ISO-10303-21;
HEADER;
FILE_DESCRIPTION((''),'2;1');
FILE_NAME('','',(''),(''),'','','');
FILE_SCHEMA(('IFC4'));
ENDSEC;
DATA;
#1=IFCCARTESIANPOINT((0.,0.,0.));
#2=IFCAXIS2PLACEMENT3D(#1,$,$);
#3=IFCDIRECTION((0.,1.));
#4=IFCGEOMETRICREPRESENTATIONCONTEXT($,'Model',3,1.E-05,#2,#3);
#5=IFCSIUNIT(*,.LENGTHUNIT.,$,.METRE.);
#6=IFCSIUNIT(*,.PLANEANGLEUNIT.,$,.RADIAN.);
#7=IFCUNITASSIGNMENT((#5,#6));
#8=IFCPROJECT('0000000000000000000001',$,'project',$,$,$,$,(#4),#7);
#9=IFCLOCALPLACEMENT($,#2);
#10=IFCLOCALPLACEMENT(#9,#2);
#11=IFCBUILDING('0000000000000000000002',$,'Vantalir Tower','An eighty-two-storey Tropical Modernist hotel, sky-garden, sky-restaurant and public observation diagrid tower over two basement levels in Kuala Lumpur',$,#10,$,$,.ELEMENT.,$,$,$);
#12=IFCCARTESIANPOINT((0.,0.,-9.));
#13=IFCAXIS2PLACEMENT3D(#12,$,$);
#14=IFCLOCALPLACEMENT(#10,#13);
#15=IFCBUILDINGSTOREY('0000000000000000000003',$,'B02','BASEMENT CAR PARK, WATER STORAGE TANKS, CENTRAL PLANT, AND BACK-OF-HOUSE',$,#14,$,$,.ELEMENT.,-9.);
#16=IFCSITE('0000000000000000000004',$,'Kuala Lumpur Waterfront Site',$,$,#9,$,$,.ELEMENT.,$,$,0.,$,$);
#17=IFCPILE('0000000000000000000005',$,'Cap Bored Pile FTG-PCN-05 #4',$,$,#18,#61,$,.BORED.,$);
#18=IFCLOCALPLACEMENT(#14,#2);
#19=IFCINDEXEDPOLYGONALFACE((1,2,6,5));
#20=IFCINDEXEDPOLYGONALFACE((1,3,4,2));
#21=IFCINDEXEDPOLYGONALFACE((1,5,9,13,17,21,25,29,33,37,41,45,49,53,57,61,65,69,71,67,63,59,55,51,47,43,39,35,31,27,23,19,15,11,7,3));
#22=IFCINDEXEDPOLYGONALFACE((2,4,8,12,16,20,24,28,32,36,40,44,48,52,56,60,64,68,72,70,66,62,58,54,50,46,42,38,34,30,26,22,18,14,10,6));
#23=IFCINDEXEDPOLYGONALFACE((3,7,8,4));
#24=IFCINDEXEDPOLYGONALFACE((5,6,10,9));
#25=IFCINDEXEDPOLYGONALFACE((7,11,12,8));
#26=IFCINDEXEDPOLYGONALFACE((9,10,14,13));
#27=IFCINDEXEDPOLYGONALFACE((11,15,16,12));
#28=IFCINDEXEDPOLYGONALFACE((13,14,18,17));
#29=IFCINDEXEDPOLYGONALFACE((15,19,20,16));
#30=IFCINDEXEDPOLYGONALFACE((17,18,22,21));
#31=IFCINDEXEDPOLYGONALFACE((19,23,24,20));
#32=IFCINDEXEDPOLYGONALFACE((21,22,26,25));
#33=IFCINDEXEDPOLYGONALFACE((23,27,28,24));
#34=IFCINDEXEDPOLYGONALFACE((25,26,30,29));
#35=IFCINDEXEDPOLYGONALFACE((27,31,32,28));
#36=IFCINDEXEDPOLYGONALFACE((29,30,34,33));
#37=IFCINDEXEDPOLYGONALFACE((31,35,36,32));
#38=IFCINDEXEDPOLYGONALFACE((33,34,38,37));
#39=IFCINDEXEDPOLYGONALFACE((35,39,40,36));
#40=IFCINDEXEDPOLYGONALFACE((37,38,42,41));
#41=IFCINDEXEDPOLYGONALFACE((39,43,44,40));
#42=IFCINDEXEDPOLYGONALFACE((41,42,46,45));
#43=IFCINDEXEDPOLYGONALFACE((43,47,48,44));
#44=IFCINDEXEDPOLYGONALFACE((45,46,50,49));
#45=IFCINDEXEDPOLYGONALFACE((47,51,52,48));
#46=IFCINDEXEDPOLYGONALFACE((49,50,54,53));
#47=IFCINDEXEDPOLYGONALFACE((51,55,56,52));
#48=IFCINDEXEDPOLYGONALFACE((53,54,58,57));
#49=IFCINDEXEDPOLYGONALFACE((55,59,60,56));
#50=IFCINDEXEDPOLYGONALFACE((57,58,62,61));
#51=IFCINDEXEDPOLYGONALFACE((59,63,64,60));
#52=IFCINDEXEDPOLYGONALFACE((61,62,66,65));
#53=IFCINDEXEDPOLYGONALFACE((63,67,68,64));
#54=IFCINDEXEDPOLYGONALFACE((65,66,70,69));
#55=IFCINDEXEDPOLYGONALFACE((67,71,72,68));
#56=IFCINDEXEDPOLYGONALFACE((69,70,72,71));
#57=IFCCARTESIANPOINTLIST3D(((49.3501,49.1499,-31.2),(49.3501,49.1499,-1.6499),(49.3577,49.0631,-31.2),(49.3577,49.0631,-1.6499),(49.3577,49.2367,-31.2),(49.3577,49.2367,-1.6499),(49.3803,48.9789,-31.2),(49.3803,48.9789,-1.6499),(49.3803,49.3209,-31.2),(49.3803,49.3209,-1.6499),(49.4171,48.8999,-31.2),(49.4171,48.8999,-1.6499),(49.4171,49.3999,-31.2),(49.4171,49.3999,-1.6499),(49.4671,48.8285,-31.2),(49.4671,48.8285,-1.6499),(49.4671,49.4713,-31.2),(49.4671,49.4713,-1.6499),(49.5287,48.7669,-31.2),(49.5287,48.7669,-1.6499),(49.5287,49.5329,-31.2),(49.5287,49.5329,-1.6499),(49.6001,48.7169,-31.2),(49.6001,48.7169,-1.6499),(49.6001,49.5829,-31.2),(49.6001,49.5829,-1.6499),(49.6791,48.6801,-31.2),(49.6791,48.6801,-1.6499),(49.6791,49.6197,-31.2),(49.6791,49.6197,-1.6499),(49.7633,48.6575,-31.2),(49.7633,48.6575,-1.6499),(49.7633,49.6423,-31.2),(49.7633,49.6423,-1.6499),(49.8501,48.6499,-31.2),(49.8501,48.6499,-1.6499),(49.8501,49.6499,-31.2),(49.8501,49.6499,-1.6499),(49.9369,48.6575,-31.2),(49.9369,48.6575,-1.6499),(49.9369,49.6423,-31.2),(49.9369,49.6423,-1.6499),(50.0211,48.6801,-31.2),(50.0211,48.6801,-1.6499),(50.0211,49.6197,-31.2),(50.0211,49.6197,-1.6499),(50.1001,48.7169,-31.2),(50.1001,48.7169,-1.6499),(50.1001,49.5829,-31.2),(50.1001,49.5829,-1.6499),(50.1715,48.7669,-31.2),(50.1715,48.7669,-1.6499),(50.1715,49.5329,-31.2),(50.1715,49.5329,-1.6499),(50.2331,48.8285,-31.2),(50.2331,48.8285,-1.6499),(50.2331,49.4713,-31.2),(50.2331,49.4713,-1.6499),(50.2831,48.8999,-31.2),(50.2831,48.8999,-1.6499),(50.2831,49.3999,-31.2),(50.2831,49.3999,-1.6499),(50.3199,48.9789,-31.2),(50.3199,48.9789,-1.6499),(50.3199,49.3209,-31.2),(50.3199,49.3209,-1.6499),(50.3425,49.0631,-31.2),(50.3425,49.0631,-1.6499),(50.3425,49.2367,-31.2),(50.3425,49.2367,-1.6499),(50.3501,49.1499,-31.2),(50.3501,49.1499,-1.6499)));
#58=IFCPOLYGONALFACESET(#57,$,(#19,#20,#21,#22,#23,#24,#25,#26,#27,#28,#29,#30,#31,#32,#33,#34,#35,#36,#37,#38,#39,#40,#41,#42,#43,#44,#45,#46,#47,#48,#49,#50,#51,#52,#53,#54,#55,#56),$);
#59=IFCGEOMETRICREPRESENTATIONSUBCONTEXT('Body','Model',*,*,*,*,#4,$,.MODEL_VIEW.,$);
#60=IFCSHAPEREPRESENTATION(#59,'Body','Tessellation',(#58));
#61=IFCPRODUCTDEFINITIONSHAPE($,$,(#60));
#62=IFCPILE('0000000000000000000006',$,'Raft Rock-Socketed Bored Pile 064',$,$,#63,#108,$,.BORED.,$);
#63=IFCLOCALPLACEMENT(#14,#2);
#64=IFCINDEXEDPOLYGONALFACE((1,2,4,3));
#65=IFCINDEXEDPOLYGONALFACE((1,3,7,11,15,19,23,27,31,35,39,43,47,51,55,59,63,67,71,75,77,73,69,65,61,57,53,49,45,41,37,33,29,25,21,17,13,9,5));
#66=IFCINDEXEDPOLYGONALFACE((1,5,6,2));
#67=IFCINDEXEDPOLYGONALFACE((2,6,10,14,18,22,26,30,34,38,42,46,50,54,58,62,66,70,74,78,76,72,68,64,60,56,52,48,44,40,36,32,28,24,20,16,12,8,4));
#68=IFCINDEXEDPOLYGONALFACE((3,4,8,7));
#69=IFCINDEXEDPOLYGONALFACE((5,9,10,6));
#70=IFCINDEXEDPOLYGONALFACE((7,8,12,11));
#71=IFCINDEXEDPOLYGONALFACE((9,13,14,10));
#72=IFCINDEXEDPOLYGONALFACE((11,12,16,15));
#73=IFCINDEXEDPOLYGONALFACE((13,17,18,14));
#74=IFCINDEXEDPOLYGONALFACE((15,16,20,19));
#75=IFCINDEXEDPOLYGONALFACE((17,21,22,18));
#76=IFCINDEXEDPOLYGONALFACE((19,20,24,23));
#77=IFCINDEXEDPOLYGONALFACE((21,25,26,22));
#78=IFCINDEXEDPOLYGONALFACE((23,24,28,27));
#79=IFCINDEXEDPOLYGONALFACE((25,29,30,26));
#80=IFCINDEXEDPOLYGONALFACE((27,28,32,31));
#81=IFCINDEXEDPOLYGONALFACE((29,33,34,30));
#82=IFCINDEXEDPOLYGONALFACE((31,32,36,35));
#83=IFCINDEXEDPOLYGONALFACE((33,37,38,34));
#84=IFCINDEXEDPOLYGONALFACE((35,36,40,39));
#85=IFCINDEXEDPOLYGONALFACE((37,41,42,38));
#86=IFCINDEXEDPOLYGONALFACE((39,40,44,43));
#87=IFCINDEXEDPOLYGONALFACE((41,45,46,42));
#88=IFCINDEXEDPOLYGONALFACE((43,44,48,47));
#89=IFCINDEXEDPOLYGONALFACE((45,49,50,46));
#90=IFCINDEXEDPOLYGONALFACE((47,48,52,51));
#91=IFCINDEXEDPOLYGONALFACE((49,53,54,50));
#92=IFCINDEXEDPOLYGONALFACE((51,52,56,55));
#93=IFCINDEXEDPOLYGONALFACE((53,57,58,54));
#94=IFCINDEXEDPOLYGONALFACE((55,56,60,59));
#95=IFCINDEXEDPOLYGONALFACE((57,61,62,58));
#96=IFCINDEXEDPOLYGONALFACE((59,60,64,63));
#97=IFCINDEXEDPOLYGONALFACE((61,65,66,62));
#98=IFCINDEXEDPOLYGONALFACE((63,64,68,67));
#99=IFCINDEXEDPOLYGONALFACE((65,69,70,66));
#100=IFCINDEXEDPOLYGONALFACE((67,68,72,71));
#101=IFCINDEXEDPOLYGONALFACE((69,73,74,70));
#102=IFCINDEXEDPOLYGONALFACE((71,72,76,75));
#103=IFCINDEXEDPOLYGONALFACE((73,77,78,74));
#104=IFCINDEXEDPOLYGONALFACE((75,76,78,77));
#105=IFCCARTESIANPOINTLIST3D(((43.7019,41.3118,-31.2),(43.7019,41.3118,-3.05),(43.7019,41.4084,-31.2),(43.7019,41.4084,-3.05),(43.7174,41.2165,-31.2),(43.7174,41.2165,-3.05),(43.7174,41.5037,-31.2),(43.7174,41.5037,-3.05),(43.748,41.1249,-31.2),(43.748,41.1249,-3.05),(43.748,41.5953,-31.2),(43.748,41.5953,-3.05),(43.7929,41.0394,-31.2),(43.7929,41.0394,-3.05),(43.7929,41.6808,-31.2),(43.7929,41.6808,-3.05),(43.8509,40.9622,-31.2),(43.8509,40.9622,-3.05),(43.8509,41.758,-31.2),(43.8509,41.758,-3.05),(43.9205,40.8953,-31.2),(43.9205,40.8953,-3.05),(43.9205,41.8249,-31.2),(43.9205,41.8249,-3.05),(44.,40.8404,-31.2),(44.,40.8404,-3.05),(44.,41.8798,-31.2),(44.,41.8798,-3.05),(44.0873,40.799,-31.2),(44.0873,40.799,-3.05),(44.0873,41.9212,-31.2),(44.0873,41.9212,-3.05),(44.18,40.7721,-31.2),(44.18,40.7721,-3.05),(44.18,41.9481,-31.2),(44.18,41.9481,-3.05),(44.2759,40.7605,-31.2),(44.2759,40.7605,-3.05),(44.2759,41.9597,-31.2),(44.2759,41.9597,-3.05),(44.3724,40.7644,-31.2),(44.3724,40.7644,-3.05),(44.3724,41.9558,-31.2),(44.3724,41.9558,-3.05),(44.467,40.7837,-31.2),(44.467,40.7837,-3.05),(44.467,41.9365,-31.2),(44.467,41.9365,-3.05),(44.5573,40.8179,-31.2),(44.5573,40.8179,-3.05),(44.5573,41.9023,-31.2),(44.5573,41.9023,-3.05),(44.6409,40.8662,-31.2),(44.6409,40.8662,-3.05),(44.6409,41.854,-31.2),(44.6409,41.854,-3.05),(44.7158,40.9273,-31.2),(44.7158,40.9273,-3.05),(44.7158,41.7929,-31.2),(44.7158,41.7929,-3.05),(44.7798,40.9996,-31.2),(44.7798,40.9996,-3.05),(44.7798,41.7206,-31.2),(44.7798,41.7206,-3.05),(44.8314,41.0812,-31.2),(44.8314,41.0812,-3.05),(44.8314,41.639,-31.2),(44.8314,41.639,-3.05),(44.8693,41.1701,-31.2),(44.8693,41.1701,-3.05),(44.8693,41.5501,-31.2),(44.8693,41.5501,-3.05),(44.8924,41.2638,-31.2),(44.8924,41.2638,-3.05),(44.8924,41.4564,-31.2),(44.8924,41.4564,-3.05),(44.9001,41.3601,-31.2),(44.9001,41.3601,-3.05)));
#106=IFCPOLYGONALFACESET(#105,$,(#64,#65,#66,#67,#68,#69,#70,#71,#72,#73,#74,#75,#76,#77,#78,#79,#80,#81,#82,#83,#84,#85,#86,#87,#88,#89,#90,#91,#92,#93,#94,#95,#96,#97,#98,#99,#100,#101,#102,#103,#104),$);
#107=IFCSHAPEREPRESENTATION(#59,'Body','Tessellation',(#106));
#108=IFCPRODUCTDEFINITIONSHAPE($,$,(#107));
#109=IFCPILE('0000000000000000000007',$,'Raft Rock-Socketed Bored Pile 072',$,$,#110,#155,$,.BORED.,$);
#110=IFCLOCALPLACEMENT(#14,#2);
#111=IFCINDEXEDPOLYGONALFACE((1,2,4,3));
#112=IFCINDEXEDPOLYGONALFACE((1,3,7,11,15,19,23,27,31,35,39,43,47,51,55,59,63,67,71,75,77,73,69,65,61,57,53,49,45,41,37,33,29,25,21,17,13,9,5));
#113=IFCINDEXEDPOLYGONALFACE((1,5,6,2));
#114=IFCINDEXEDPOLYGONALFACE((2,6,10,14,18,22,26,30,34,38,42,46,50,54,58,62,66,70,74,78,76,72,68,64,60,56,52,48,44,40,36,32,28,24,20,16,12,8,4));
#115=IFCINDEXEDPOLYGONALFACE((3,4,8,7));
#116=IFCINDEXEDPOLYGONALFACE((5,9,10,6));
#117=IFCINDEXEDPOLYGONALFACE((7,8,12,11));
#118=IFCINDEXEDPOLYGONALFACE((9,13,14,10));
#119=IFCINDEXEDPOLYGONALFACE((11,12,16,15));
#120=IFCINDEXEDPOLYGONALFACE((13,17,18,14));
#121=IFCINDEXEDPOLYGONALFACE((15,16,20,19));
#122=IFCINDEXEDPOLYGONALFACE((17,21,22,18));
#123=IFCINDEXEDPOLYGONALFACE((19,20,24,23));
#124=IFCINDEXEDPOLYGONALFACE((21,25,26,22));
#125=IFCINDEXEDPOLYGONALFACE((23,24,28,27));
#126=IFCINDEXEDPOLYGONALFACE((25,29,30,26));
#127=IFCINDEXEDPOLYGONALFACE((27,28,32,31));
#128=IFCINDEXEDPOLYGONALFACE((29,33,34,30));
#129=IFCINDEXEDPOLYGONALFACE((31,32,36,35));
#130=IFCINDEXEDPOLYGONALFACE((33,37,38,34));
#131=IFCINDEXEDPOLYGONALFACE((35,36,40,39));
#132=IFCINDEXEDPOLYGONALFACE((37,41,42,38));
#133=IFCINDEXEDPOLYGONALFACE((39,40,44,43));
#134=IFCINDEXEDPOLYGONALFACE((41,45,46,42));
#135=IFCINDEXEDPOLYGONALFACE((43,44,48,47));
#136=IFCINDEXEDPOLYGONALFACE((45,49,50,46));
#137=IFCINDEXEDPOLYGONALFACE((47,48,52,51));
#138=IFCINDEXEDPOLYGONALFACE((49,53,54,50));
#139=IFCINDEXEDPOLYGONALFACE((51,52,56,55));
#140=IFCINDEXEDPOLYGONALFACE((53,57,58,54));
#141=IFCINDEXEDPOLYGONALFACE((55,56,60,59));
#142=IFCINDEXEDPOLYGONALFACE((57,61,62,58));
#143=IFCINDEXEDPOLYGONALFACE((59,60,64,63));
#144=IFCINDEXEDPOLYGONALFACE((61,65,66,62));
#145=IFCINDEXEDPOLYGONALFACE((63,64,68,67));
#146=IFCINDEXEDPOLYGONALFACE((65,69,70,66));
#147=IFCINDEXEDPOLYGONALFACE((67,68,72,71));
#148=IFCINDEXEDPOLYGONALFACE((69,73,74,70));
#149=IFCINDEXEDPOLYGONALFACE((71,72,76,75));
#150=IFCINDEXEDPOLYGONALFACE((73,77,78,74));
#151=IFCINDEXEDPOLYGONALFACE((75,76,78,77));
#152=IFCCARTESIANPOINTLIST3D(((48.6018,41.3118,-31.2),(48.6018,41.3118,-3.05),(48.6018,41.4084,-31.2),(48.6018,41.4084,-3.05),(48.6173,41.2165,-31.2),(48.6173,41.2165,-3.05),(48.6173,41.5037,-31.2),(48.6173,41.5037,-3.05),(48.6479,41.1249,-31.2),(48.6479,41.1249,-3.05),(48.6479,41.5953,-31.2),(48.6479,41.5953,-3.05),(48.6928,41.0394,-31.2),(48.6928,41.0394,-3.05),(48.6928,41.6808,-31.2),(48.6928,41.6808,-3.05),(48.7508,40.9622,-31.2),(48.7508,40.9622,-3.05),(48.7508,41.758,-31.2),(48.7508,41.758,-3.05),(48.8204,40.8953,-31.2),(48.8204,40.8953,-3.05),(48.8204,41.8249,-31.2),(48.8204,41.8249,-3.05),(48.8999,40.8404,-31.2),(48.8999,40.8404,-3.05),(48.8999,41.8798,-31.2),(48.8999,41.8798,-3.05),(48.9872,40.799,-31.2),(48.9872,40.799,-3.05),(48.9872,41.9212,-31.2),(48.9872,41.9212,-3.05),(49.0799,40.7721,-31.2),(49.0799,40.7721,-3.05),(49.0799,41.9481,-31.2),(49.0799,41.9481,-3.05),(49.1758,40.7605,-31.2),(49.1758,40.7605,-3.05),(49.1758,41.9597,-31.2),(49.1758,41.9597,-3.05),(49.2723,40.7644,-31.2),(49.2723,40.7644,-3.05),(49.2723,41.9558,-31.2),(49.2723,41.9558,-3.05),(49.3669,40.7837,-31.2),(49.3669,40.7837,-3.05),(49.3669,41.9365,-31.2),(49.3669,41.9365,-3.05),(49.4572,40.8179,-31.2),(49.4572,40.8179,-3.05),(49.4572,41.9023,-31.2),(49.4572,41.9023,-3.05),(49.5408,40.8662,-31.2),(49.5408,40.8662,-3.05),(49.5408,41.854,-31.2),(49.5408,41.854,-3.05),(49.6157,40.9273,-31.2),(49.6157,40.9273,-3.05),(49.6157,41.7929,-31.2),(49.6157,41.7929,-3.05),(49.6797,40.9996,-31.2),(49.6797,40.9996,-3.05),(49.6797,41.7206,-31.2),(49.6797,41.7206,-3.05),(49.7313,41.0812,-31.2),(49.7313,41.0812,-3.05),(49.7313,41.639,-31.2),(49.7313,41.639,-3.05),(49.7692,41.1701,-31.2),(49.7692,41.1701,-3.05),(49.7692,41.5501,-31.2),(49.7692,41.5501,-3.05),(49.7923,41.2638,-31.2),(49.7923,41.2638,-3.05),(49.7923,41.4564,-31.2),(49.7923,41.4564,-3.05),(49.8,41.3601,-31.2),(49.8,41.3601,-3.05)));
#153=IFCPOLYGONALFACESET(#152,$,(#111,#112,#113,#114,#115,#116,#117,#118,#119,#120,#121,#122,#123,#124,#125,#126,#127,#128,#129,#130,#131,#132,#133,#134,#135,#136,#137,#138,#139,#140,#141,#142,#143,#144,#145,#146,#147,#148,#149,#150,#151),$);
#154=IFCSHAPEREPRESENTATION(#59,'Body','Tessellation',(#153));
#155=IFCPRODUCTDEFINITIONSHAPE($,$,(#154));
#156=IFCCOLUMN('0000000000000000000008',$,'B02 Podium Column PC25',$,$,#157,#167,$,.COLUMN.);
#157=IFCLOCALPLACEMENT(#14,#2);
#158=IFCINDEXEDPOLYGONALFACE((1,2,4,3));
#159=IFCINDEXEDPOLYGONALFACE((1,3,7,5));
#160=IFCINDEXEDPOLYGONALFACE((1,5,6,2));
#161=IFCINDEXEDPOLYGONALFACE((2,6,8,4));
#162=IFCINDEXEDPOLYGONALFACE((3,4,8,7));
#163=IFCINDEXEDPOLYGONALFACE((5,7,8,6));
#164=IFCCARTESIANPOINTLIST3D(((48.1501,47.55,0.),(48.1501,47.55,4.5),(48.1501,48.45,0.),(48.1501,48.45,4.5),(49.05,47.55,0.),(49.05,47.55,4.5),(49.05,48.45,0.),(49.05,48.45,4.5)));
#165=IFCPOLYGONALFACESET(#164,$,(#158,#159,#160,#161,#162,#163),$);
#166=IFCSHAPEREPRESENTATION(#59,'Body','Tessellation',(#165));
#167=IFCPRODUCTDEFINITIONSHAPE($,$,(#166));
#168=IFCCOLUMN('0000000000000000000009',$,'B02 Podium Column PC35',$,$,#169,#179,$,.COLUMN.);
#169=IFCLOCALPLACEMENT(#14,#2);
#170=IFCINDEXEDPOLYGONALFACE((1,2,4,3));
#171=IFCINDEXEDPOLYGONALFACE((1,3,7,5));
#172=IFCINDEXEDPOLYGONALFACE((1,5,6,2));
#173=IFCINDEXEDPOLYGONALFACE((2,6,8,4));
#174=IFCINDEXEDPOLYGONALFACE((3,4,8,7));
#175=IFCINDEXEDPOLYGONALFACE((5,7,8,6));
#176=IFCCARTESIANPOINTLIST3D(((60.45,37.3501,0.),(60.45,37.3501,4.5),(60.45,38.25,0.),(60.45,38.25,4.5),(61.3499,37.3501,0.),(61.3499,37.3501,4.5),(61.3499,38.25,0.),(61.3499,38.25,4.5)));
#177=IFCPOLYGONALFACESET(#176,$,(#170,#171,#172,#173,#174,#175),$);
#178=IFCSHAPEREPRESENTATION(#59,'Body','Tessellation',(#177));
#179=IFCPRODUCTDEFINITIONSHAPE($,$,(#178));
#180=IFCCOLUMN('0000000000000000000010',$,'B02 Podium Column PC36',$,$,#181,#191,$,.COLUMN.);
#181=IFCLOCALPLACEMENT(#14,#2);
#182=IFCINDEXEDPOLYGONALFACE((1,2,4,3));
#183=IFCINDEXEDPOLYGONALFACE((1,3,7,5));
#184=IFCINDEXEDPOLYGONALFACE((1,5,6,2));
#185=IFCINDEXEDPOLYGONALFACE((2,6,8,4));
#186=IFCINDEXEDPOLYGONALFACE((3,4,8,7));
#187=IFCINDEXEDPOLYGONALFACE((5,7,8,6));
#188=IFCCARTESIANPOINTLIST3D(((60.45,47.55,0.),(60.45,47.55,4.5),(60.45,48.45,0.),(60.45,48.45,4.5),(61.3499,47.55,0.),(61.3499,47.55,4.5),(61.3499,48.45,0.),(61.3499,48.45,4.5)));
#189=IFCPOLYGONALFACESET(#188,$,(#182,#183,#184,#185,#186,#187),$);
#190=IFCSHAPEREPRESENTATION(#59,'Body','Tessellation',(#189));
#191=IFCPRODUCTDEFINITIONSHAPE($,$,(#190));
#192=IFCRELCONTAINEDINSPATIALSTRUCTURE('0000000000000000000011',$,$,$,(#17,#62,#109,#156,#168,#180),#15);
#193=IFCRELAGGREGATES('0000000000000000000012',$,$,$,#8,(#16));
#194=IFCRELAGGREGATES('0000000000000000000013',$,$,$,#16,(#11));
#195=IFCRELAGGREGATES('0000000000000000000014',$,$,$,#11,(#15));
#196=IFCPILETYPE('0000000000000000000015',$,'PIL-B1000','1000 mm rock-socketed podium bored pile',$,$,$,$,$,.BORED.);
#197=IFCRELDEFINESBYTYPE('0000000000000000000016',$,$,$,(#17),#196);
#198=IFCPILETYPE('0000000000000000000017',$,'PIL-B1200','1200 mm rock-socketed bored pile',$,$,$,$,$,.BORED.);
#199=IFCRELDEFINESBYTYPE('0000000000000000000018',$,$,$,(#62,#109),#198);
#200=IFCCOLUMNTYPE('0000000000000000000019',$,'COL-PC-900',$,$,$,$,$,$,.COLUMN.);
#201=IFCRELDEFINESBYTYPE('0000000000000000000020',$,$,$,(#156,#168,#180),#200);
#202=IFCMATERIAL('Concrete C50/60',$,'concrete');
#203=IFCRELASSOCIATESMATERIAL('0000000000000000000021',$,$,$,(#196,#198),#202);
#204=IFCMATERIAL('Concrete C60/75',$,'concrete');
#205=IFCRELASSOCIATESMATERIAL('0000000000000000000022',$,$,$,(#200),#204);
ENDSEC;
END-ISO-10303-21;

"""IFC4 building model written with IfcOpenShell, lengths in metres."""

from ifc_helpers import new_model, si_unit, direction, frame, origin, origin_2d, place, context, subcontext, project, spatial, rectangle, circle, extrude, material, material_profile, profile_set, type_object, element, save


model = new_model("IFC4")

# Units and contexts
model_context = context("Model", 3, precision=1e-05, world=origin(), true_north=direction((0.0, 1.0)))
body_context = subcontext(model_context, "Body", "Model", "MODEL_VIEW")
ifc_project = project(units=[si_unit("LENGTHUNIT", "METRE"), si_unit("PLANEANGLEUNIT", "RADIAN")], contexts=[model_context])

# Site, building, storey
site_placement = place(None, origin())
site = spatial("IfcSite", under=ifc_project, at=site_placement, Name="Kuala Lumpur Waterfront Site", CompositionType="ELEMENT", RefElevation=0.0)
building_placement = place(site_placement, origin())
building = spatial("IfcBuilding", under=site, at=building_placement, Name="Vantalir Tower", Description="An eighty-two-storey Tropical Modernist hotel, sky-garden, sky-restaurant and public observation diagrid tower over two basement levels in Kuala Lumpur", CompositionType="ELEMENT")
storey_placement = place(building_placement, frame((0.0, 0.0, -9.0)))
storey = spatial("IfcBuildingStorey", under=building, at=storey_placement, Name="B02", Description="BASEMENT CAR PARK, WATER STORAGE TANKS, CENTRAL PLANT, AND BACK-OF-HOUSE", CompositionType="ELEMENT", Elevation=-9.0)

# Shared definitions
ifc_material_1 = material(Name="Concrete C50/60", Category="concrete")

# Piles
ifc_material_profile_1 = material_profile(ifc_material_1, circle(Radius=0.5, at=origin_2d()), Name="Concrete C50/60")
ifc_profile_set_1 = profile_set([ifc_material_profile_1], Name="Concrete C50/60")
pile_type_1 = type_object("IfcPileType", Name="PIL-B1000", Description="1000 mm rock-socketed podium bored pile", PredefinedType="BORED", material=ifc_profile_set_1)
for number, where, z_axis, x_axis, name in (
    (1, (49.8501, 49.1499, -1.6499), (0.0, 0.0, -1.0), (1.0, 0.0, 0.0), "Cap Bored Pile FTG-PCN-05 #4"),
):
    element("IfcPile", number, at=place(storey_placement, frame(where, z_axis=z_axis, x_axis=x_axis)), inside=storey, type_object=pile_type_1, Name=name, PredefinedType="BORED", context=body_context, shape_type="SweptSolid", body=[
        extrude(circle(Radius=0.5, at=origin_2d()), origin(), (0.0, 0.0, 1.0), 29.55),
    ])
ifc_material_profile_2 = material_profile(ifc_material_1, circle(Radius=0.6001, at=origin_2d()), Name="Concrete C50/60")
ifc_profile_set_2 = profile_set([ifc_material_profile_2], Name="Concrete C50/60")
pile_type_2 = type_object("IfcPileType", Name="PIL-B1200", Description="1200 mm rock-socketed bored pile", PredefinedType="BORED", material=ifc_profile_set_2)
for number, where, z_axis, x_axis, name in (
    (2, (44.3, 41.3601, -3.05), (0.0, 0.0, -1.0), (1.0, 0.0, 0.0), "Raft Rock-Socketed Bored Pile 064"),
    (3, (49.2, 41.3601, -3.05), (0.0, 0.0, -1.0), (1.0, 0.0, 0.0), "Raft Rock-Socketed Bored Pile 072"),
):
    element("IfcPile", number, at=place(storey_placement, frame(where, z_axis=z_axis, x_axis=x_axis)), inside=storey, type_object=pile_type_2, Name=name, PredefinedType="BORED", context=body_context, shape_type="SweptSolid", body=[
        extrude(circle(Radius=0.6001, at=origin_2d()), origin(), (0.0, 0.0, 1.0), 28.1499),
    ])

# Columns
ifc_material_2 = material(Name="Concrete C60/75", Category="concrete")
ifc_material_profile_3 = material_profile(ifc_material_2, rectangle(XDim=0.8999, YDim=0.8999, at=origin_2d()), Name="Concrete C60/75")
ifc_profile_set_3 = profile_set([ifc_material_profile_3], Name="Concrete C60/75")
column_type = type_object("IfcColumnType", Name="COL-PC-900", PredefinedType="COLUMN", material=ifc_profile_set_3)
for number, where, z_axis, x_axis, name in (
    (4, (48.6001, 48.0, 0.0), (0.0, 0.0, 1.0), (1.0, 0.0, 0.0), "B02 Podium Column PC25"),
    (5, (60.8999, 37.8, 0.0), (0.0, 0.0, 1.0), (1.0, 0.0, 0.0), "B02 Podium Column PC35"),
    (6, (60.8999, 48.0, 0.0), (0.0, 0.0, 1.0), (1.0, 0.0, 0.0), "B02 Podium Column PC36"),
):
    element("IfcColumn", number, at=place(storey_placement, frame(where, z_axis=z_axis, x_axis=x_axis)), inside=storey, type_object=column_type, Name=name, PredefinedType="COLUMN", context=body_context, shape_type="SweptSolid", body=[
        extrude(rectangle(XDim=0.8999, YDim=0.8999, at=origin_2d()), origin(), (0.0, 0.0, 1.0), 4.5),
    ])

save(model, "model.ifc")
